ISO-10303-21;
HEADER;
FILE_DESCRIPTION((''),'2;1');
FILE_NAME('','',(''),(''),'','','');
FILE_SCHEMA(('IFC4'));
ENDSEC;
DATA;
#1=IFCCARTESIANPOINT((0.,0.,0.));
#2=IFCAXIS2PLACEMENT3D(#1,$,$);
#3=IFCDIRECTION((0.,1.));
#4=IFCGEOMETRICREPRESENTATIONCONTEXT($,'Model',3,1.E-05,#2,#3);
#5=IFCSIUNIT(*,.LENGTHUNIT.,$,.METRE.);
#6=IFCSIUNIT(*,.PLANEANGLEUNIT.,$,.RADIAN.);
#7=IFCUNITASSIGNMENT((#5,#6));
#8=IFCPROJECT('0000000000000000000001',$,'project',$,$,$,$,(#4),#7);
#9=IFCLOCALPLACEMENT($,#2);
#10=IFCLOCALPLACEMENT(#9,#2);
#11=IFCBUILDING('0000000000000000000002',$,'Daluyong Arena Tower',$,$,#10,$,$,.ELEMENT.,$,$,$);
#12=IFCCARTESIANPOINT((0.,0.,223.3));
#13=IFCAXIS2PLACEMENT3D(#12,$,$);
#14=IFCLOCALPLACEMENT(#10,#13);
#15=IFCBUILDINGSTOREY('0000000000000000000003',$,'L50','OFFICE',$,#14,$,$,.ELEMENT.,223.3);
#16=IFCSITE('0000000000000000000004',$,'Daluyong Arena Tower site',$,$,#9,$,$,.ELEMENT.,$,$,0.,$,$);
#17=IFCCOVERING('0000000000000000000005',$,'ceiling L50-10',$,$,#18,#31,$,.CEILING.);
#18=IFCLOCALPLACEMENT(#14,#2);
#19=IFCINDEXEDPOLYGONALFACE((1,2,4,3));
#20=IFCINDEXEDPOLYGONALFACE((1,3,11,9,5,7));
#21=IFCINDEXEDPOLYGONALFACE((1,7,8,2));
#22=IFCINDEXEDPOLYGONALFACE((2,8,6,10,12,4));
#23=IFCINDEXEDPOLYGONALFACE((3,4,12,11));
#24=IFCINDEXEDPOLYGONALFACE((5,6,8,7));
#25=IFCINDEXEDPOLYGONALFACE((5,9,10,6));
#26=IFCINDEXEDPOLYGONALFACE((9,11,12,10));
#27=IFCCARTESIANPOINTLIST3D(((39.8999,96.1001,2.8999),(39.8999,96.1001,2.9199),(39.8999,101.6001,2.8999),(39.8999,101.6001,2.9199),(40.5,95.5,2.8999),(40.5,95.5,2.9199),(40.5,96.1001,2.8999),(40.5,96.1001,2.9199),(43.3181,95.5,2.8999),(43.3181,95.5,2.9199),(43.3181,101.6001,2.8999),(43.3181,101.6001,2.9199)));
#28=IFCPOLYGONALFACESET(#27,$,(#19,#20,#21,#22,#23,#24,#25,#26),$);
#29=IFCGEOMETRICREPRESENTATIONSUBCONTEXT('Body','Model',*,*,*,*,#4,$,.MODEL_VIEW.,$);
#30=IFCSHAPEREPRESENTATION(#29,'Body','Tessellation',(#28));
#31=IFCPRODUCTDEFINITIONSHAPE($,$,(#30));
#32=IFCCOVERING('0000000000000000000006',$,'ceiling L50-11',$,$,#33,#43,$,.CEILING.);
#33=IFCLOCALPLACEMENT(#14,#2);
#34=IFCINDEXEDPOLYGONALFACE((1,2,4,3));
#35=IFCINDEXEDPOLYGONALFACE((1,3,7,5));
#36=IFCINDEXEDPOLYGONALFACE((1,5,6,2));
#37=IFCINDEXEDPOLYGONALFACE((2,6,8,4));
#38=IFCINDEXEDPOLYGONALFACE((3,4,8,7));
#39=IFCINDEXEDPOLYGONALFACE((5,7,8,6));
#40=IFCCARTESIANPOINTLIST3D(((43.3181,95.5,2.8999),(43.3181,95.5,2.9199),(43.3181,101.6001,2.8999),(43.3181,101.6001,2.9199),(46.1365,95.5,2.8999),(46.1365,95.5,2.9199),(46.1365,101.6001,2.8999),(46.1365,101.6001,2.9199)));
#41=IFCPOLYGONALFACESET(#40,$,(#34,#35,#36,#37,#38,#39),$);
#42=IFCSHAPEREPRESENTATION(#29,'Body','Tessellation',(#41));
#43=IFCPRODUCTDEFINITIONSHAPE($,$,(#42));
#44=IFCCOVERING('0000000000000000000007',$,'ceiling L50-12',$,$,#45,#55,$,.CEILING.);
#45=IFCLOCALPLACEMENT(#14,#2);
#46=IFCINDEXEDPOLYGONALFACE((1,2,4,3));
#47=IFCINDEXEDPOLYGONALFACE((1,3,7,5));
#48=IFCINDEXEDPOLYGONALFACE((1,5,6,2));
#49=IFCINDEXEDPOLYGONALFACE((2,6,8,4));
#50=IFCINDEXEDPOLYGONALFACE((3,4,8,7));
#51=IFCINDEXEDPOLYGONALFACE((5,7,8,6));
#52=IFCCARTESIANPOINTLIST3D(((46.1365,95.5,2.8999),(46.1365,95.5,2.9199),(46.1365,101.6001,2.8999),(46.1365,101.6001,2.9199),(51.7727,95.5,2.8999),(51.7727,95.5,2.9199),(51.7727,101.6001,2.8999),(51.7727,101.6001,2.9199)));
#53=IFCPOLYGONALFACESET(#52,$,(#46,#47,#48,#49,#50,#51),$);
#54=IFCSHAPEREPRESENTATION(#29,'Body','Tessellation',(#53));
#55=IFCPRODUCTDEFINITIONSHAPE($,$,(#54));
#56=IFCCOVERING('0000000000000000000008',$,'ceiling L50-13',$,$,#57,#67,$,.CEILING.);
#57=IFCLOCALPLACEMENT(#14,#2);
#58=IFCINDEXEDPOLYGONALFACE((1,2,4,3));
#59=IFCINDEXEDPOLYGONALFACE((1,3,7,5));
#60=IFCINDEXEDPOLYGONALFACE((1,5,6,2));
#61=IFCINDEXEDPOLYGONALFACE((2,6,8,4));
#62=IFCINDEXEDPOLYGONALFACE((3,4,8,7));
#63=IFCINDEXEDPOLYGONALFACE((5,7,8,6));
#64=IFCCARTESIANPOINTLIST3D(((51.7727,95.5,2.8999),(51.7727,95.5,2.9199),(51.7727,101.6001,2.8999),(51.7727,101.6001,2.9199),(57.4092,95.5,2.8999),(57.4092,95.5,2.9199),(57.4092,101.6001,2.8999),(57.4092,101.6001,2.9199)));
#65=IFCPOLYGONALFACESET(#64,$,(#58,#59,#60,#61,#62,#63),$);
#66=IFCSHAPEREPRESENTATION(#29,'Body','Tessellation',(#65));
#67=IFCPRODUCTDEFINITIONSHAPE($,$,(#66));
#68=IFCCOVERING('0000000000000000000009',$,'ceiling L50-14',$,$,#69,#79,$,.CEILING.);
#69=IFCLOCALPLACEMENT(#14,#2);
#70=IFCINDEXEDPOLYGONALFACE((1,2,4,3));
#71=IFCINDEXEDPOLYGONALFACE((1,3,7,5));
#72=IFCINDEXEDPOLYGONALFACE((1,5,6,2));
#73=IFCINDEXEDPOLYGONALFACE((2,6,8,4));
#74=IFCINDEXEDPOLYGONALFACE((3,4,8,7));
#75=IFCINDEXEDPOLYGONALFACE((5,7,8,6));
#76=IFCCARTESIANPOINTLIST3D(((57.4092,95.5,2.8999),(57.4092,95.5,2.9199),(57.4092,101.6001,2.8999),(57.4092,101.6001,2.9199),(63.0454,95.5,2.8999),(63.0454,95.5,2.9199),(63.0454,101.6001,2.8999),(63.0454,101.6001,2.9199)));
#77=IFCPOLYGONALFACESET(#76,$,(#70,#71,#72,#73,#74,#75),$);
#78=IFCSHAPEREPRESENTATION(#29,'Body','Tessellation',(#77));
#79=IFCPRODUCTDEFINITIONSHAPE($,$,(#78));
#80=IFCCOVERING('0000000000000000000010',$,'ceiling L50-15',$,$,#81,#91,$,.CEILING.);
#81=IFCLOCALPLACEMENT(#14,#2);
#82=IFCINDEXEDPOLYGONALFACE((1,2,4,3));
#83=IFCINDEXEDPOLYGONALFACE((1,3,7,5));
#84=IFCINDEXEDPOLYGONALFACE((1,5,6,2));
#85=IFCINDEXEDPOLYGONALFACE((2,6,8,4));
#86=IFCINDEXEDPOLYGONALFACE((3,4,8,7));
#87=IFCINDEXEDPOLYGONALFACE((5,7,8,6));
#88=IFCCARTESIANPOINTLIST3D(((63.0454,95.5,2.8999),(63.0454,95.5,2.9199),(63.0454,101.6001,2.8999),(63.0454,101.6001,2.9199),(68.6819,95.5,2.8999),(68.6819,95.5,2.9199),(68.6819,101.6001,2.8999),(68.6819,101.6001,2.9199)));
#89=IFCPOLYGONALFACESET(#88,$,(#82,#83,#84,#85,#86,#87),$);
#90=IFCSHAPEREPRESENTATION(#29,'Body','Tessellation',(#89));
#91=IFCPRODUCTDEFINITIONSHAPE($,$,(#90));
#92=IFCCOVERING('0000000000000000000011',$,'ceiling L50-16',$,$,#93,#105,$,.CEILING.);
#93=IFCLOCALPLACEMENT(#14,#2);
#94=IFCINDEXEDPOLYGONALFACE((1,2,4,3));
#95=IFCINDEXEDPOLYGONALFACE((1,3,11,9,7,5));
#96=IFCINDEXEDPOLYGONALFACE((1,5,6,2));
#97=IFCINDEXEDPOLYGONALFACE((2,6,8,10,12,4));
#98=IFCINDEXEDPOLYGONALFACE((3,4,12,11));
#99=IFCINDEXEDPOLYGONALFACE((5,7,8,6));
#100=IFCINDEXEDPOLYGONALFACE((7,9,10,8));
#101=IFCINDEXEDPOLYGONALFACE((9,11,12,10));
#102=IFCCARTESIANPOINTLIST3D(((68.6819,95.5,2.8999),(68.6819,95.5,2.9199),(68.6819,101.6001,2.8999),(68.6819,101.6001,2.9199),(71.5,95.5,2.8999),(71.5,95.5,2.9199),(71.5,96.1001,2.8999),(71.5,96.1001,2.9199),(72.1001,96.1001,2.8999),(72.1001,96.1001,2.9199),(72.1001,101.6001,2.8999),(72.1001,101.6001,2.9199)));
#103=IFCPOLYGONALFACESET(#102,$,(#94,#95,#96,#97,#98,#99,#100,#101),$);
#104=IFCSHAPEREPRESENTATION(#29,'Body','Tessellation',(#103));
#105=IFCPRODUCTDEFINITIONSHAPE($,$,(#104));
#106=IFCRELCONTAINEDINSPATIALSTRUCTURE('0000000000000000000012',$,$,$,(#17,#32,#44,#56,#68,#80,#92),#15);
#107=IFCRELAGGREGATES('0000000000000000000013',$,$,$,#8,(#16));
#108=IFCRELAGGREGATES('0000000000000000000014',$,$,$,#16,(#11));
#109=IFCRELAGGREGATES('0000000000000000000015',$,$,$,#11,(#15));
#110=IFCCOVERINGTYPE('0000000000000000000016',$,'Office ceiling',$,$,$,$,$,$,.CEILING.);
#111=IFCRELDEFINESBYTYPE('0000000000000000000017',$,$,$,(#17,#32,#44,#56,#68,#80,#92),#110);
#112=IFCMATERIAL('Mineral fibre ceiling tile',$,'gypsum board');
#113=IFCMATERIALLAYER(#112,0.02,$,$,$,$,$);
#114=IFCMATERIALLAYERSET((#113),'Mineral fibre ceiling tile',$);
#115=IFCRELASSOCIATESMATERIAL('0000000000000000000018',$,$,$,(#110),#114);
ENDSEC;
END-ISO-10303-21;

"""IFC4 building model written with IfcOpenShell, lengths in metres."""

from ifc_helpers import new_model, si_unit, direction, frame, origin, place, context, subcontext, project, spatial, polyline, outline, extrude, material, layer, layer_set, type_object, element, save


model = new_model("IFC4")

# Units and contexts
model_context = context("Model", 3, precision=1e-05, world=origin(), true_north=direction((0.0, 1.0)))
body_context = subcontext(model_context, "Body", "Model", "MODEL_VIEW")
ifc_project = project(units=[si_unit("LENGTHUNIT", "METRE"), si_unit("PLANEANGLEUNIT", "RADIAN")], contexts=[model_context])

# Site, building, storey
site_placement = place(None, origin())
site = spatial("IfcSite", under=ifc_project, at=site_placement, Name="Daluyong Arena Tower site", CompositionType="ELEMENT", RefElevation=0.0)
building_placement = place(site_placement, origin())
building = spatial("IfcBuilding", under=site, at=building_placement, Name="Daluyong Arena Tower", CompositionType="ELEMENT")
storey_placement = place(building_placement, frame((0.0, 0.0, 223.3)))
storey = spatial("IfcBuildingStorey", under=building, at=storey_placement, Name="L50", Description="OFFICE", CompositionType="ELEMENT", Elevation=223.3)

# Coverings
ifc_material_1 = material(Name="Mineral fibre ceiling tile", Category="gypsum board")
ifc_layer_1 = layer(ifc_material_1, 0.02)
ifc_layer_set_1 = layer_set([ifc_layer_1], Name="Mineral fibre ceiling tile")
covering_type = type_object("IfcCoveringType", Name="Office ceiling", PredefinedType="CEILING", material=ifc_layer_set_1)
covering_1_placement = place(storey_placement, frame((0.0, 0.0, 2.8999)))
element("IfcCovering", 1, at=covering_1_placement, inside=storey, type_object=covering_type, Name="ceiling L50-10", PredefinedType="CEILING", context=body_context, shape_type="SweptSolid", body=[
    extrude(outline(polyline([(43.3181, 95.5), (43.3181, 101.6001), (39.8999, 101.6001), (39.8999, 96.1001), (40.5, 96.1001), (40.5, 95.5), (43.3181, 95.5)])), origin(), (0.0, 0.0, 1.0), 0.02),
])
covering_2_placement = place(storey_placement, frame((0.0, 0.0, 2.8999)))
element("IfcCovering", 2, at=covering_2_placement, inside=storey, type_object=covering_type, Name="ceiling L50-11", PredefinedType="CEILING", context=body_context, shape_type="SweptSolid", body=[
    extrude(outline(polyline([(46.1365, 95.5), (46.1365, 101.6001), (43.3181, 101.6001), (43.3181, 95.5), (46.1365, 95.5)])), origin(), (0.0, 0.0, 1.0), 0.02),
])
covering_3_placement = place(storey_placement, frame((0.0, 0.0, 2.8999)))
element("IfcCovering", 3, at=covering_3_placement, inside=storey, type_object=covering_type, Name="ceiling L50-12", PredefinedType="CEILING", context=body_context, shape_type="SweptSolid", body=[
    extrude(outline(polyline([(51.7727, 95.5), (51.7727, 101.6001), (46.1365, 101.6001), (46.1365, 95.5), (51.7727, 95.5)])), origin(), (0.0, 0.0, 1.0), 0.02),
])
covering_4_placement = place(storey_placement, frame((0.0, 0.0, 2.8999)))
element("IfcCovering", 4, at=covering_4_placement, inside=storey, type_object=covering_type, Name="ceiling L50-13", PredefinedType="CEILING", context=body_context, shape_type="SweptSolid", body=[
    extrude(outline(polyline([(57.4092, 95.5), (57.4092, 101.6001), (51.7727, 101.6001), (51.7727, 95.5), (57.4092, 95.5)])), origin(), (0.0, 0.0, 1.0), 0.02),
])
covering_5_placement = place(storey_placement, frame((0.0, 0.0, 2.8999)))
element("IfcCovering", 5, at=covering_5_placement, inside=storey, type_object=covering_type, Name="ceiling L50-14", PredefinedType="CEILING", context=body_context, shape_type="SweptSolid", body=[
    extrude(outline(polyline([(63.0454, 95.5), (63.0454, 101.6001), (57.4092, 101.6001), (57.4092, 95.5), (63.0454, 95.5)])), origin(), (0.0, 0.0, 1.0), 0.02),
])
covering_6_placement = place(storey_placement, frame((0.0, 0.0, 2.8999)))
element("IfcCovering", 6, at=covering_6_placement, inside=storey, type_object=covering_type, Name="ceiling L50-15", PredefinedType="CEILING", context=body_context, shape_type="SweptSolid", body=[
    extrude(outline(polyline([(68.6819, 95.5), (68.6819, 101.6001), (63.0454, 101.6001), (63.0454, 95.5), (68.6819, 95.5)])), origin(), (0.0, 0.0, 1.0), 0.02),
])
covering_7_placement = place(storey_placement, frame((0.0, 0.0, 2.8999)))
element("IfcCovering", 7, at=covering_7_placement, inside=storey, type_object=covering_type, Name="ceiling L50-16", PredefinedType="CEILING", context=body_context, shape_type="SweptSolid", body=[
    extrude(outline(polyline([(68.6819, 95.5), (71.5, 95.5), (71.5, 96.1001), (72.1001, 96.1001), (72.1001, 101.6001), (68.6819, 101.6001), (68.6819, 95.5)])), origin(), (0.0, 0.0, 1.0), 0.02),
])

save(model, "model.ifc")
